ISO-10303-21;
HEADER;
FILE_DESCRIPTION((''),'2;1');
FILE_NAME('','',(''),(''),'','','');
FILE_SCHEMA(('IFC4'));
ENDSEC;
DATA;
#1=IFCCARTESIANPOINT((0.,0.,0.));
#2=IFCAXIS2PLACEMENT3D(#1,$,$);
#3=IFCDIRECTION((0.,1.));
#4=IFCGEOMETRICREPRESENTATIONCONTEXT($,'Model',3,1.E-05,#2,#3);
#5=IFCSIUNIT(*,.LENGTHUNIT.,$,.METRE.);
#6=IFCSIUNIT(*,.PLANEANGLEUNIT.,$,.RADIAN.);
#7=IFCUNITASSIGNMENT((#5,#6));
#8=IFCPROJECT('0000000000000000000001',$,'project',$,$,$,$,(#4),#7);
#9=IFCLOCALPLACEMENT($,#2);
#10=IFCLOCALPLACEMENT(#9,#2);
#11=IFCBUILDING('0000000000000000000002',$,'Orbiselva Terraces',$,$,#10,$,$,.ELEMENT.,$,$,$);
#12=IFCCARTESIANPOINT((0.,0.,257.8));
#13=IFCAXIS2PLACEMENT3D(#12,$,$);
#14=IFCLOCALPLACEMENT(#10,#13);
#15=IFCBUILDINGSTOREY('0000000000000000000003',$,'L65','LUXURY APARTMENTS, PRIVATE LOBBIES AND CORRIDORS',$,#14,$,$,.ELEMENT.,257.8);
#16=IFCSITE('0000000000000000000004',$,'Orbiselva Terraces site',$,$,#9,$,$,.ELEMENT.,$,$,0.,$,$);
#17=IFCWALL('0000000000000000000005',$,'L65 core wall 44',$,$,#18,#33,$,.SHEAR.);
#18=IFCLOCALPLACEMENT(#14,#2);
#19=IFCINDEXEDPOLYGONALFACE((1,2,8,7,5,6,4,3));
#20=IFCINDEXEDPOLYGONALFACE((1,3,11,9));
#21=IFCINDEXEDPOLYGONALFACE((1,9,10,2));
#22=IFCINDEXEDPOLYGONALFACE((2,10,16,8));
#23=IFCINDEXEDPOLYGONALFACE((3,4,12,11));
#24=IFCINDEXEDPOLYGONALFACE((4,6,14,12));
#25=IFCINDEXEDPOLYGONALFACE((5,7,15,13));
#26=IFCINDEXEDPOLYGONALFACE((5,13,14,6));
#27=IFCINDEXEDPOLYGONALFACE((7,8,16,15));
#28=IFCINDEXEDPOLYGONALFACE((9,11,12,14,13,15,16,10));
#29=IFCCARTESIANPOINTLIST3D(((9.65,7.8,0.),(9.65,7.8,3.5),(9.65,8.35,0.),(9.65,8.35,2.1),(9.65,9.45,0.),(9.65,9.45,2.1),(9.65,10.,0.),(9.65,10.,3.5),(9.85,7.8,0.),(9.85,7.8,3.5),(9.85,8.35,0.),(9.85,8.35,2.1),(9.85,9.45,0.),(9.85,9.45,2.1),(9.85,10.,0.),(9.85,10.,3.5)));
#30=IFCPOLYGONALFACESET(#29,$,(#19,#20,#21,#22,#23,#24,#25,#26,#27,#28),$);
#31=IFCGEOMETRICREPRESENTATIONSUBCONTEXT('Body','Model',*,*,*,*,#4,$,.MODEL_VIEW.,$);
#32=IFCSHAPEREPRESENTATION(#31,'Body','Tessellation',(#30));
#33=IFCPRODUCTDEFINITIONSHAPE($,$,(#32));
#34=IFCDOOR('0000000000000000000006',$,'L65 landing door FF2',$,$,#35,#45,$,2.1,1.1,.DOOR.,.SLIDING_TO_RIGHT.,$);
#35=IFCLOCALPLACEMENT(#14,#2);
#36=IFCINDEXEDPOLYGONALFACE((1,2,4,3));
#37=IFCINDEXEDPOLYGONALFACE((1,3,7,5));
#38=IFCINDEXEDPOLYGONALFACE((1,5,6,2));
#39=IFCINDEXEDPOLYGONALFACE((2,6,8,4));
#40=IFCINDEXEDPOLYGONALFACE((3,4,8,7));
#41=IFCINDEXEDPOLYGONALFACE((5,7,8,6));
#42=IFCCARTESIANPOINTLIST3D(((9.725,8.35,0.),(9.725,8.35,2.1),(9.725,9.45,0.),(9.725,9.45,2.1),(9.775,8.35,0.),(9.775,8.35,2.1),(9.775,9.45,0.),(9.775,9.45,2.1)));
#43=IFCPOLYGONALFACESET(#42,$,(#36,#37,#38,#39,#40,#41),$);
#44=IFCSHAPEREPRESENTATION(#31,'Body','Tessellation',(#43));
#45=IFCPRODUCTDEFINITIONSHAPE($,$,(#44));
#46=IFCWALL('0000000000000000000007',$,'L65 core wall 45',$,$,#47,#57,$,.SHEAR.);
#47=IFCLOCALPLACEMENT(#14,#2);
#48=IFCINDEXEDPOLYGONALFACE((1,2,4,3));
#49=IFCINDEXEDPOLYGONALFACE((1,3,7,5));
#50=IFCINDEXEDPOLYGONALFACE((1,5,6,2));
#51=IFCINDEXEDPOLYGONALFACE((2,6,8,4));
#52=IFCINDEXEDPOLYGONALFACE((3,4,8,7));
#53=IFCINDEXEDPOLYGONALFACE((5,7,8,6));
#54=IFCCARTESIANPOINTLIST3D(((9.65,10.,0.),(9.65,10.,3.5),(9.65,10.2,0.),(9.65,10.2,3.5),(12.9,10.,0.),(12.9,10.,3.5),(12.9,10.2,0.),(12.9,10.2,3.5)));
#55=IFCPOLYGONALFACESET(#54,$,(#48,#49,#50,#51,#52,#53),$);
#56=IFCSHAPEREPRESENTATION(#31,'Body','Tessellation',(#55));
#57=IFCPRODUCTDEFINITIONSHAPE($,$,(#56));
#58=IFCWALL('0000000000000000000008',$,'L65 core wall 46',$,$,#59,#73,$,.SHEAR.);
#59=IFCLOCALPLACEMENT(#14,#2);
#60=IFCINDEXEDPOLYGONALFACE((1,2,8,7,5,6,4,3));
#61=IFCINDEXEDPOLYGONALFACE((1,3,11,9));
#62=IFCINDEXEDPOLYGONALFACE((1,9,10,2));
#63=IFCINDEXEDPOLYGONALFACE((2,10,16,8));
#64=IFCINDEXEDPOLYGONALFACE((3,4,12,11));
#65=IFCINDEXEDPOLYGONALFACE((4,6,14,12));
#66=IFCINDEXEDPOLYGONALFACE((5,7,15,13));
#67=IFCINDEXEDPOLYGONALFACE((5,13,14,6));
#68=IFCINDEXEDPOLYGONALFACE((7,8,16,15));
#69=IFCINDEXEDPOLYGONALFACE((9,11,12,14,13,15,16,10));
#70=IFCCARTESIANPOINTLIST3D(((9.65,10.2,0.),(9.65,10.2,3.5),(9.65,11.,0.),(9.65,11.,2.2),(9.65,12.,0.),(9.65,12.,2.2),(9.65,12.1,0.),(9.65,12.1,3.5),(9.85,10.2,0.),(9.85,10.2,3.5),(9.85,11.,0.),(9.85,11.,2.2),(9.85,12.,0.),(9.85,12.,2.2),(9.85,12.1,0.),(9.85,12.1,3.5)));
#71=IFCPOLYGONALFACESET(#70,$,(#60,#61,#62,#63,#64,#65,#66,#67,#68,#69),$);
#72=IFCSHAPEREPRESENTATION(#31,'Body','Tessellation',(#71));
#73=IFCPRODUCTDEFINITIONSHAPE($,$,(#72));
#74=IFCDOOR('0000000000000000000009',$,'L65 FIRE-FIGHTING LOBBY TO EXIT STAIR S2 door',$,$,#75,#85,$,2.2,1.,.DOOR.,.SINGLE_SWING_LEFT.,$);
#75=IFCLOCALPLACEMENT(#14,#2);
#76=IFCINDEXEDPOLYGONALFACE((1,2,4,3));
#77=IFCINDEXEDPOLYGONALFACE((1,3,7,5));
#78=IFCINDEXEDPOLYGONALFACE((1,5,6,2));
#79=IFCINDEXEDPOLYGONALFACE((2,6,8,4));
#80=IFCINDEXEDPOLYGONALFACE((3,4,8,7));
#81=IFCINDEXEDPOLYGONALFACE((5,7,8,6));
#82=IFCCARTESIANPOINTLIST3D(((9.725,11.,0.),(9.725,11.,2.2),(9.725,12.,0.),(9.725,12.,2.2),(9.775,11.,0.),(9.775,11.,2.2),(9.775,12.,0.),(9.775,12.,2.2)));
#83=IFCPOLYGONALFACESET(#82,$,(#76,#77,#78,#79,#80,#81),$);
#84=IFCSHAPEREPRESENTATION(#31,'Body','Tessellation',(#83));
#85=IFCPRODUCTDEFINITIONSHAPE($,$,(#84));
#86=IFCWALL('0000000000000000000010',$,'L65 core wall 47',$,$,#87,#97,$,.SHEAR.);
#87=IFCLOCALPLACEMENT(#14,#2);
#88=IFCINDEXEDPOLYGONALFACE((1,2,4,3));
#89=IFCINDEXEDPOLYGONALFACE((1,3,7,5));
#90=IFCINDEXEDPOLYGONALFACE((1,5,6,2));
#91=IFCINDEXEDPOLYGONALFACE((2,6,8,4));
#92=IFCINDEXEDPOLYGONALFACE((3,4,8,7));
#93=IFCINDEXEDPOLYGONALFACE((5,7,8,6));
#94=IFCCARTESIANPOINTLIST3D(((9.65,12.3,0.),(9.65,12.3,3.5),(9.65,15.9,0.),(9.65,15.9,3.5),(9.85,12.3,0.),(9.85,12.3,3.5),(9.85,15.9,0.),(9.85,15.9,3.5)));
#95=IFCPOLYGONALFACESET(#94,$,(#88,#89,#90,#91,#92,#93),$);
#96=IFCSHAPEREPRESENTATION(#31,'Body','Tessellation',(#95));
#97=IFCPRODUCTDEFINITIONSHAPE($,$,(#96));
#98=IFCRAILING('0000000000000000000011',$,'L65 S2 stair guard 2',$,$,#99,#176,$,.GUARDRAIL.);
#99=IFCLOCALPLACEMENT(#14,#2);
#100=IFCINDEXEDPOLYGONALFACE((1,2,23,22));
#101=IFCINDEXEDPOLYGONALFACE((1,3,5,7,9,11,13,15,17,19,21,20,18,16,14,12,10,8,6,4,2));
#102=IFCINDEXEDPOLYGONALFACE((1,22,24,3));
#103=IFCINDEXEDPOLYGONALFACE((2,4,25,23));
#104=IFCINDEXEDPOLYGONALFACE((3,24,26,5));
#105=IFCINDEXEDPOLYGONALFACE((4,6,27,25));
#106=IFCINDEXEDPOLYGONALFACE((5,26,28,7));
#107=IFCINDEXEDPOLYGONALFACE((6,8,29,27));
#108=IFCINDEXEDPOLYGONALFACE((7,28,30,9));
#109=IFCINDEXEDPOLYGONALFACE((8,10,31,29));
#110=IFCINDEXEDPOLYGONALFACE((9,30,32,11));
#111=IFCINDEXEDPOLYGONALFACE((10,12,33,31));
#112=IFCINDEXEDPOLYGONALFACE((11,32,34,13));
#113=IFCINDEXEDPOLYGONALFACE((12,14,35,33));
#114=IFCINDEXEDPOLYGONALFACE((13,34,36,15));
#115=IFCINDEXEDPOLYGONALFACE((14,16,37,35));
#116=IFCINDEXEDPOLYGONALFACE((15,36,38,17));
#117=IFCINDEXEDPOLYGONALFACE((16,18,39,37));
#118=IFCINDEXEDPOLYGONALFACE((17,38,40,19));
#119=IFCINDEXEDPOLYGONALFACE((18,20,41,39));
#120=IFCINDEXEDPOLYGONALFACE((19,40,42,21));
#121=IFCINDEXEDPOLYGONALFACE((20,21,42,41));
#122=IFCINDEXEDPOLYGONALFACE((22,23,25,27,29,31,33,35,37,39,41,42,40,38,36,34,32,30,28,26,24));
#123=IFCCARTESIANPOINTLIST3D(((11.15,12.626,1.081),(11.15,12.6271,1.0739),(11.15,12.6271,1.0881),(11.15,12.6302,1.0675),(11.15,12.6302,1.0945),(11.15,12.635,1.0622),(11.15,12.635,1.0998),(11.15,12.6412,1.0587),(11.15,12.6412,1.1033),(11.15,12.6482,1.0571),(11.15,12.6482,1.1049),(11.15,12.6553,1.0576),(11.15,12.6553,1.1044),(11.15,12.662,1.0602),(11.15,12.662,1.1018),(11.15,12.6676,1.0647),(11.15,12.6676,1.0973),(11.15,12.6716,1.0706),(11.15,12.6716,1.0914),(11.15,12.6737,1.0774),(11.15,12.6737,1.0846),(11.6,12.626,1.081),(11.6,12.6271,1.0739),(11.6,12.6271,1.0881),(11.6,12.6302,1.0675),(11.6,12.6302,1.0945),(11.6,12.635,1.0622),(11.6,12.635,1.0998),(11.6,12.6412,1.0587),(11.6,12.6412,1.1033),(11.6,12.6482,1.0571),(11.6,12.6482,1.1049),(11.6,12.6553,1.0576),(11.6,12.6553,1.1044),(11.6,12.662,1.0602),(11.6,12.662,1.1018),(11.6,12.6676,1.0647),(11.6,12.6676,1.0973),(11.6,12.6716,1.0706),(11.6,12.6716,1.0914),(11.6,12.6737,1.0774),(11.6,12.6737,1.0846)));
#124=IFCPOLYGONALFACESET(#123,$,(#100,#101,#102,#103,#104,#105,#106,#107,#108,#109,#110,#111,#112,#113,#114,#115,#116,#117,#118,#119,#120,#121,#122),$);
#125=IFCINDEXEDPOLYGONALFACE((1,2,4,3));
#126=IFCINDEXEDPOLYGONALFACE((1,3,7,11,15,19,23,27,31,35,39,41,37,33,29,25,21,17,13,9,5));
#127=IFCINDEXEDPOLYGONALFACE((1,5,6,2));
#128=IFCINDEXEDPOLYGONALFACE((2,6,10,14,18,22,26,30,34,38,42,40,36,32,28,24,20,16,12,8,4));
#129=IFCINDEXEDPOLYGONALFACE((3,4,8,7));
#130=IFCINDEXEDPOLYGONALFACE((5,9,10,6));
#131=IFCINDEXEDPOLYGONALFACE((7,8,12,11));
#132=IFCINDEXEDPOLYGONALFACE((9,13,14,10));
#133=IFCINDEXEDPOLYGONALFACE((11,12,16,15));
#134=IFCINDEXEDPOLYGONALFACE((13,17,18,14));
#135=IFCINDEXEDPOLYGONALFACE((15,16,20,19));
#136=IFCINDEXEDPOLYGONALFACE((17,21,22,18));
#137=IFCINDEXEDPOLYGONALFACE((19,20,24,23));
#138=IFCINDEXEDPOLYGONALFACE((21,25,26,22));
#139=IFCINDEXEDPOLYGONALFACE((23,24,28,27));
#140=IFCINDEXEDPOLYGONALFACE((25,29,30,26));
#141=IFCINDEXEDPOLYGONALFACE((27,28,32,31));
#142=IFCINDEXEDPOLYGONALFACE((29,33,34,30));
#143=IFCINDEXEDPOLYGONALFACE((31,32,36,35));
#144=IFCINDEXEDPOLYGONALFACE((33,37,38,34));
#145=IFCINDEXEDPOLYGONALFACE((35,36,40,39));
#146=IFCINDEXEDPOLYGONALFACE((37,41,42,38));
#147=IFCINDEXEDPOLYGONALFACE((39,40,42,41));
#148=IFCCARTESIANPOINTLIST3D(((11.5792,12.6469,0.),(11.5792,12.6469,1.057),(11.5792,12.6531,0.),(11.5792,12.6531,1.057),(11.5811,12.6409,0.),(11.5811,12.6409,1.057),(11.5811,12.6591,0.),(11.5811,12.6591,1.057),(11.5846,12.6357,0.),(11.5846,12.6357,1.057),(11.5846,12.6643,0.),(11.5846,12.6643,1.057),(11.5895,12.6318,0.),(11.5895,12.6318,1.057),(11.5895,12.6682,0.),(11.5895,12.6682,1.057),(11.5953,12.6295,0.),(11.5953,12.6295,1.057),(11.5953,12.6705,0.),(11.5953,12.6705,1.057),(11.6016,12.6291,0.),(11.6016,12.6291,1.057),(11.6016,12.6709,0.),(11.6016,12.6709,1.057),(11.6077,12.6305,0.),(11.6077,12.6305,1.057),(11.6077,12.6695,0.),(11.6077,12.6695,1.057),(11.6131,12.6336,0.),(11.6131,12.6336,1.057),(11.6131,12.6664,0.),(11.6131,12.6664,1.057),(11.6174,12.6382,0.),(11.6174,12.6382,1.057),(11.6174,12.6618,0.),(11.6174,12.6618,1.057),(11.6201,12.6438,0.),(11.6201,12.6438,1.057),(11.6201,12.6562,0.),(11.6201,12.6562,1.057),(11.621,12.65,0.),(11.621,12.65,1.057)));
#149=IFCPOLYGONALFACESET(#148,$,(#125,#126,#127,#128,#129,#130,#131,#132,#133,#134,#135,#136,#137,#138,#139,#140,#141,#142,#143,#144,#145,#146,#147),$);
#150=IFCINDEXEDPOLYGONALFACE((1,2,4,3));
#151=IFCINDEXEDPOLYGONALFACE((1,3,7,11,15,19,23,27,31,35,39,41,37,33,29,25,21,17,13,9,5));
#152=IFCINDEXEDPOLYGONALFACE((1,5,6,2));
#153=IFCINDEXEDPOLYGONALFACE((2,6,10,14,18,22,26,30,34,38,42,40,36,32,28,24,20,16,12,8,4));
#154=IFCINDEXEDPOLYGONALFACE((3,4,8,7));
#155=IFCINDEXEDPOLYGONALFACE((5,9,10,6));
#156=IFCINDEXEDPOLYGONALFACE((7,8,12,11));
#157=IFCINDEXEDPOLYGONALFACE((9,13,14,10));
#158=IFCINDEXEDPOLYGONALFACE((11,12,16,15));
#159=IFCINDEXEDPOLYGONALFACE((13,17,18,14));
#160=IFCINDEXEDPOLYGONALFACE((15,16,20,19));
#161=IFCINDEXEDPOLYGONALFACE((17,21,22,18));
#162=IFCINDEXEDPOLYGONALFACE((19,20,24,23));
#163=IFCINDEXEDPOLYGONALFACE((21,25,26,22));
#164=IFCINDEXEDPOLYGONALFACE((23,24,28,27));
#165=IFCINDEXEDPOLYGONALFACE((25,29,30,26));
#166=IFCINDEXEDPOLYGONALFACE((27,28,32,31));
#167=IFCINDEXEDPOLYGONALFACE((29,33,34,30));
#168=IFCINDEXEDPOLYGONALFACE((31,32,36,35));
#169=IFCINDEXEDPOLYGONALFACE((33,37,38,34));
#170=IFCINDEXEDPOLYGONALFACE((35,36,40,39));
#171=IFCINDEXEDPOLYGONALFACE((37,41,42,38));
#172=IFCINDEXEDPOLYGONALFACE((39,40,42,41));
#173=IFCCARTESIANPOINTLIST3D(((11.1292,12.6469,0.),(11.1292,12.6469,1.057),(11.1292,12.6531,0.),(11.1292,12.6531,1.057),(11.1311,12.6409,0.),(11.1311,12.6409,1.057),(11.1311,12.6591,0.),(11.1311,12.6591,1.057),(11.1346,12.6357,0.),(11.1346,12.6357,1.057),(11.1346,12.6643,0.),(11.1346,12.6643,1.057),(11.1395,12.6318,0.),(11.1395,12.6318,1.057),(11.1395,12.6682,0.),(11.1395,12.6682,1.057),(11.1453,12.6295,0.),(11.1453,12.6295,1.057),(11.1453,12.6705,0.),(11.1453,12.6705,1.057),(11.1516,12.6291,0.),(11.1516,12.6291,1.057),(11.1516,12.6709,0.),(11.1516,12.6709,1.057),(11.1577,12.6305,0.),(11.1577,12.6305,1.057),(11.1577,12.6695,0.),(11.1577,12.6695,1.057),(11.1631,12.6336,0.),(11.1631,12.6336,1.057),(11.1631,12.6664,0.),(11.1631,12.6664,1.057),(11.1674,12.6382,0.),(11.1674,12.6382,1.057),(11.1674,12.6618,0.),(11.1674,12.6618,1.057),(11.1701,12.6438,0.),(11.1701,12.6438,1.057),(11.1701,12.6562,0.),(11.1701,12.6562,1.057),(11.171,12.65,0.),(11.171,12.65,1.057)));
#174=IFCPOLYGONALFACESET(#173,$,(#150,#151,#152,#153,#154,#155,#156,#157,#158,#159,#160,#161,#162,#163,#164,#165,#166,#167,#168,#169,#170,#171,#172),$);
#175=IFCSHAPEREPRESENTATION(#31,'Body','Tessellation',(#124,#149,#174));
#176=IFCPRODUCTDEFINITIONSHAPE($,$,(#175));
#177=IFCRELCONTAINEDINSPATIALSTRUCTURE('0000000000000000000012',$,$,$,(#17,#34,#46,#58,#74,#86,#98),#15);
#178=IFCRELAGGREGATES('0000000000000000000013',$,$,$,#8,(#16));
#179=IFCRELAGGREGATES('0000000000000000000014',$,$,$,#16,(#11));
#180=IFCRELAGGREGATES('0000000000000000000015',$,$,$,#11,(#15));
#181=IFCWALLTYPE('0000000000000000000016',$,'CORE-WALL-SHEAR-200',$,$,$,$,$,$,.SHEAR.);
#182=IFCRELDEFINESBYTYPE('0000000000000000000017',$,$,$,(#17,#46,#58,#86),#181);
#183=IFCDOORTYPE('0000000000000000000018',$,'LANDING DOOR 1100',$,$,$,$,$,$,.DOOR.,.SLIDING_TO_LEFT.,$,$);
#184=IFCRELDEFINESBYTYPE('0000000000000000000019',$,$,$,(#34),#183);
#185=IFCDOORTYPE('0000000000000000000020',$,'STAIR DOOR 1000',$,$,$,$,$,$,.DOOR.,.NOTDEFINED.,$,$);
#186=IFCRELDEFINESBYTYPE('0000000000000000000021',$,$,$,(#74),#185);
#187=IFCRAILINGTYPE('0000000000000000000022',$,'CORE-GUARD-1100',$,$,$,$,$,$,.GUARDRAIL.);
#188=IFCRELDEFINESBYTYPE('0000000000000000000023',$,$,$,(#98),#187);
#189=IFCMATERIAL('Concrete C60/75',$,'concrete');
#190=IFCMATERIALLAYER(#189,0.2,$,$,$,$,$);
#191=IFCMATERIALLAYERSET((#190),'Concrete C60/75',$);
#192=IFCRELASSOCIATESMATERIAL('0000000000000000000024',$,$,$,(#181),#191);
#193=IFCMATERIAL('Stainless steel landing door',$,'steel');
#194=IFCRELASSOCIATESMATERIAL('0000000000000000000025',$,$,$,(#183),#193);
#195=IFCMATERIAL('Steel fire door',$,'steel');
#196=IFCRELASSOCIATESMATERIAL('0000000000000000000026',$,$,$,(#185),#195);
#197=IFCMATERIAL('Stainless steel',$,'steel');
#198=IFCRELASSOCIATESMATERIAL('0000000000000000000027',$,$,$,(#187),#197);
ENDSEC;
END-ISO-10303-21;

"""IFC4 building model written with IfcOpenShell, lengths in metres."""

from ifc_helpers import new_model, si_unit, direction, frame, frame_2d, origin, origin_2d, place, context, subcontext, project, spatial, rectangle, circle, extrude, material, layer, layer_set, type_object, element, fill, save


model = new_model("IFC4")

# Units and contexts
model_context = context("Model", 3, precision=1e-05, world=origin(), true_north=direction((0.0, 1.0)))
body_context = subcontext(model_context, "Body", "Model", "MODEL_VIEW")
ifc_project = project(units=[si_unit("LENGTHUNIT", "METRE"), si_unit("PLANEANGLEUNIT", "RADIAN")], contexts=[model_context])

# Site, building, storey
site_placement = place(None, origin())
site = spatial("IfcSite", under=ifc_project, at=site_placement, Name="Orbiselva Terraces site", CompositionType="ELEMENT", RefElevation=0.0)
building_placement = place(site_placement, origin())
building = spatial("IfcBuilding", under=site, at=building_placement, Name="Orbiselva Terraces", CompositionType="ELEMENT")
storey_placement = place(building_placement, frame((0.0, 0.0, 257.8)))
storey = spatial("IfcBuildingStorey", under=building, at=storey_placement, Name="L65", Description="LUXURY APARTMENTS, PRIVATE LOBBIES AND CORRIDORS", CompositionType="ELEMENT", Elevation=257.8)

# Shared definitions
ifc_material_1 = material(Name="Concrete C60/75", Category="concrete")
ifc_layer_1 = layer(ifc_material_1, 0.2)
ifc_layer_set_1 = layer_set([ifc_layer_1], Name="Concrete C60/75")
wall_type_1 = type_object("IfcWallType", Name="CORE-WALL-SHEAR-200", PredefinedType="SHEAR", material=ifc_layer_set_1)
ifc_material_2 = material(Name="Steel fire door", Category="steel")

# Shared definitions
ifc_material_3 = material(Name="Stainless steel landing door", Category="steel")
door_type_1 = type_object("IfcDoorType", Name="LANDING DOOR 1100", OperationType="SLIDING_TO_LEFT", PredefinedType="DOOR", material=ifc_material_3)

# Wall, opening, door
wall_1_placement = place(storey_placement, frame((9.75, 7.8, 0.0), z_axis=(0.0, 0.0, 1.0), x_axis=(0.0, 1.0, 0.0)))
wall_1 = element("IfcWall", 1, at=wall_1_placement, inside=storey, type_object=wall_type_1, Name="L65 core wall 44", PredefinedType="SHEAR", context=body_context, shape_type="SweptSolid", body=[
    extrude(rectangle(XDim=2.2, YDim=0.2, at=frame_2d((1.1, 0.0))), origin(), (0.0, 0.0, 1.0), 3.5),
])
opening_1_placement = place(wall_1_placement, frame((0.55, 0.0, 0.0)))
opening_1 = element("IfcOpeningElement", 2, at=opening_1_placement, cuts=wall_1, PredefinedType="OPENING", context=body_context, shape_type="SweptSolid", body=[
    extrude(rectangle(XDim=1.1, YDim=2.1, at=frame_2d((0.55, 1.05))), frame((0.0, 0.11, 0.0), z_axis=(0.0, -1.0, 0.0), x_axis=(1.0, 0.0, 0.0)), (0.0, 0.0, 1.0), 0.22),
])
door_1_placement = place(opening_1_placement, origin())
door_1 = element("IfcDoor", 3, at=door_1_placement, inside=storey, type_object=door_type_1, Name="L65 landing door FF2", OperationType="SLIDING_TO_RIGHT", OverallHeight=2.1, OverallWidth=1.1, PredefinedType="DOOR", context=body_context, shape_type="SweptSolid", body=[
    extrude(rectangle(XDim=1.1, YDim=2.1, at=frame_2d((0.55, 1.05))), frame((0.0, 0.025, 0.0), z_axis=(0.0, -1.0, 0.0), x_axis=(1.0, 0.0, 0.0)), (0.0, 0.0, 1.0), 0.05),
])
fill(opening_1, door_1)

# Wall
wall_2_placement = place(storey_placement, frame((9.65, 10.1, 0.0), z_axis=(0.0, 0.0, 1.0), x_axis=(1.0, 0.0, 0.0)))
element("IfcWall", 4, at=wall_2_placement, inside=storey, type_object=wall_type_1, Name="L65 core wall 45", PredefinedType="SHEAR", context=body_context, shape_type="SweptSolid", body=[
    extrude(rectangle(XDim=3.25, YDim=0.2, at=frame_2d((1.625, 0.0))), origin(), (0.0, 0.0, 1.0), 3.5),
])

# Wall, opening, door
wall_3_placement = place(storey_placement, frame((9.75, 12.1, 0.0), z_axis=(0.0, 0.0, 1.0), x_axis=(0.0, -1.0, 0.0)))
wall_3 = element("IfcWall", 5, at=wall_3_placement, inside=storey, type_object=wall_type_1, Name="L65 core wall 46", PredefinedType="SHEAR", context=body_context, shape_type="SweptSolid", body=[
    extrude(rectangle(XDim=1.9, YDim=0.2, at=frame_2d((0.95, 0.0))), origin(), (0.0, 0.0, 1.0), 3.5),
])
opening_2_placement = place(wall_3_placement, frame((0.1, 0.0, 0.0)))
opening_2 = element("IfcOpeningElement", 6, at=opening_2_placement, cuts=wall_3, PredefinedType="OPENING", context=body_context, shape_type="SweptSolid", body=[
    extrude(rectangle(XDim=1.0, YDim=2.2, at=frame_2d((0.5, 1.1))), frame((0.0, 0.11, 0.0), z_axis=(0.0, -1.0, 0.0), x_axis=(1.0, 0.0, 0.0)), (0.0, 0.0, 1.0), 0.22),
])
door_type_2 = type_object("IfcDoorType", Name="STAIR DOOR 1000", OperationType="NOTDEFINED", PredefinedType="DOOR", material=ifc_material_2)
door_2_placement = place(opening_2_placement, origin())
door_2 = element("IfcDoor", 7, at=door_2_placement, inside=storey, type_object=door_type_2, Name="L65 FIRE-FIGHTING LOBBY TO EXIT STAIR S2 door", OperationType="SINGLE_SWING_LEFT", OverallHeight=2.2, OverallWidth=1.0, PredefinedType="DOOR", context=body_context, shape_type="SweptSolid", body=[
    extrude(rectangle(XDim=1.0, YDim=2.2, at=frame_2d((0.5, 1.1))), frame((0.0, 0.025, 0.0), z_axis=(0.0, -1.0, 0.0), x_axis=(1.0, 0.0, 0.0)), (0.0, 0.0, 1.0), 0.05),
])
fill(opening_2, door_2)

# Wall
wall_4_placement = place(storey_placement, frame((9.75, 12.3, 0.0), z_axis=(0.0, 0.0, 1.0), x_axis=(0.0, 1.0, 0.0)))
element("IfcWall", 8, at=wall_4_placement, inside=storey, type_object=wall_type_1, Name="L65 core wall 47", PredefinedType="SHEAR", context=body_context, shape_type="SweptSolid", body=[
    extrude(rectangle(XDim=3.6, YDim=0.2, at=frame_2d((1.8, 0.0))), origin(), (0.0, 0.0, 1.0), 3.5),
])

# Railing
ifc_material_4 = material(Name="Stainless steel", Category="steel")
railing_type = type_object("IfcRailingType", Name="CORE-GUARD-1100", PredefinedType="GUARDRAIL", material=ifc_material_4)
railing_1_placement = place(storey_placement, frame((11.6, 12.65, 0.0)))
element("IfcRailing", 9, at=railing_1_placement, inside=storey, type_object=railing_type, Name="L65 S2 stair guard 2", PredefinedType="GUARDRAIL", context=body_context, shape_type="SweptSolid", body=[
    extrude(circle(Radius=0.024, at=origin_2d()), frame((0.0, 0.0, 1.081), z_axis=(-1.0, 0.0, 0.0), x_axis=(0.0, -1.0, 0.0)), (0.0, 0.0, 1.0), 0.45),
    extrude(circle(Radius=0.021, at=origin_2d()), origin(), (0.0, 0.0, 1.0), 1.057),
    extrude(circle(Radius=0.021, at=origin_2d()), frame((-0.45, 0.0, 0.0)), (0.0, 0.0, 1.0), 1.057),
])

save(model, "model.ifc")
